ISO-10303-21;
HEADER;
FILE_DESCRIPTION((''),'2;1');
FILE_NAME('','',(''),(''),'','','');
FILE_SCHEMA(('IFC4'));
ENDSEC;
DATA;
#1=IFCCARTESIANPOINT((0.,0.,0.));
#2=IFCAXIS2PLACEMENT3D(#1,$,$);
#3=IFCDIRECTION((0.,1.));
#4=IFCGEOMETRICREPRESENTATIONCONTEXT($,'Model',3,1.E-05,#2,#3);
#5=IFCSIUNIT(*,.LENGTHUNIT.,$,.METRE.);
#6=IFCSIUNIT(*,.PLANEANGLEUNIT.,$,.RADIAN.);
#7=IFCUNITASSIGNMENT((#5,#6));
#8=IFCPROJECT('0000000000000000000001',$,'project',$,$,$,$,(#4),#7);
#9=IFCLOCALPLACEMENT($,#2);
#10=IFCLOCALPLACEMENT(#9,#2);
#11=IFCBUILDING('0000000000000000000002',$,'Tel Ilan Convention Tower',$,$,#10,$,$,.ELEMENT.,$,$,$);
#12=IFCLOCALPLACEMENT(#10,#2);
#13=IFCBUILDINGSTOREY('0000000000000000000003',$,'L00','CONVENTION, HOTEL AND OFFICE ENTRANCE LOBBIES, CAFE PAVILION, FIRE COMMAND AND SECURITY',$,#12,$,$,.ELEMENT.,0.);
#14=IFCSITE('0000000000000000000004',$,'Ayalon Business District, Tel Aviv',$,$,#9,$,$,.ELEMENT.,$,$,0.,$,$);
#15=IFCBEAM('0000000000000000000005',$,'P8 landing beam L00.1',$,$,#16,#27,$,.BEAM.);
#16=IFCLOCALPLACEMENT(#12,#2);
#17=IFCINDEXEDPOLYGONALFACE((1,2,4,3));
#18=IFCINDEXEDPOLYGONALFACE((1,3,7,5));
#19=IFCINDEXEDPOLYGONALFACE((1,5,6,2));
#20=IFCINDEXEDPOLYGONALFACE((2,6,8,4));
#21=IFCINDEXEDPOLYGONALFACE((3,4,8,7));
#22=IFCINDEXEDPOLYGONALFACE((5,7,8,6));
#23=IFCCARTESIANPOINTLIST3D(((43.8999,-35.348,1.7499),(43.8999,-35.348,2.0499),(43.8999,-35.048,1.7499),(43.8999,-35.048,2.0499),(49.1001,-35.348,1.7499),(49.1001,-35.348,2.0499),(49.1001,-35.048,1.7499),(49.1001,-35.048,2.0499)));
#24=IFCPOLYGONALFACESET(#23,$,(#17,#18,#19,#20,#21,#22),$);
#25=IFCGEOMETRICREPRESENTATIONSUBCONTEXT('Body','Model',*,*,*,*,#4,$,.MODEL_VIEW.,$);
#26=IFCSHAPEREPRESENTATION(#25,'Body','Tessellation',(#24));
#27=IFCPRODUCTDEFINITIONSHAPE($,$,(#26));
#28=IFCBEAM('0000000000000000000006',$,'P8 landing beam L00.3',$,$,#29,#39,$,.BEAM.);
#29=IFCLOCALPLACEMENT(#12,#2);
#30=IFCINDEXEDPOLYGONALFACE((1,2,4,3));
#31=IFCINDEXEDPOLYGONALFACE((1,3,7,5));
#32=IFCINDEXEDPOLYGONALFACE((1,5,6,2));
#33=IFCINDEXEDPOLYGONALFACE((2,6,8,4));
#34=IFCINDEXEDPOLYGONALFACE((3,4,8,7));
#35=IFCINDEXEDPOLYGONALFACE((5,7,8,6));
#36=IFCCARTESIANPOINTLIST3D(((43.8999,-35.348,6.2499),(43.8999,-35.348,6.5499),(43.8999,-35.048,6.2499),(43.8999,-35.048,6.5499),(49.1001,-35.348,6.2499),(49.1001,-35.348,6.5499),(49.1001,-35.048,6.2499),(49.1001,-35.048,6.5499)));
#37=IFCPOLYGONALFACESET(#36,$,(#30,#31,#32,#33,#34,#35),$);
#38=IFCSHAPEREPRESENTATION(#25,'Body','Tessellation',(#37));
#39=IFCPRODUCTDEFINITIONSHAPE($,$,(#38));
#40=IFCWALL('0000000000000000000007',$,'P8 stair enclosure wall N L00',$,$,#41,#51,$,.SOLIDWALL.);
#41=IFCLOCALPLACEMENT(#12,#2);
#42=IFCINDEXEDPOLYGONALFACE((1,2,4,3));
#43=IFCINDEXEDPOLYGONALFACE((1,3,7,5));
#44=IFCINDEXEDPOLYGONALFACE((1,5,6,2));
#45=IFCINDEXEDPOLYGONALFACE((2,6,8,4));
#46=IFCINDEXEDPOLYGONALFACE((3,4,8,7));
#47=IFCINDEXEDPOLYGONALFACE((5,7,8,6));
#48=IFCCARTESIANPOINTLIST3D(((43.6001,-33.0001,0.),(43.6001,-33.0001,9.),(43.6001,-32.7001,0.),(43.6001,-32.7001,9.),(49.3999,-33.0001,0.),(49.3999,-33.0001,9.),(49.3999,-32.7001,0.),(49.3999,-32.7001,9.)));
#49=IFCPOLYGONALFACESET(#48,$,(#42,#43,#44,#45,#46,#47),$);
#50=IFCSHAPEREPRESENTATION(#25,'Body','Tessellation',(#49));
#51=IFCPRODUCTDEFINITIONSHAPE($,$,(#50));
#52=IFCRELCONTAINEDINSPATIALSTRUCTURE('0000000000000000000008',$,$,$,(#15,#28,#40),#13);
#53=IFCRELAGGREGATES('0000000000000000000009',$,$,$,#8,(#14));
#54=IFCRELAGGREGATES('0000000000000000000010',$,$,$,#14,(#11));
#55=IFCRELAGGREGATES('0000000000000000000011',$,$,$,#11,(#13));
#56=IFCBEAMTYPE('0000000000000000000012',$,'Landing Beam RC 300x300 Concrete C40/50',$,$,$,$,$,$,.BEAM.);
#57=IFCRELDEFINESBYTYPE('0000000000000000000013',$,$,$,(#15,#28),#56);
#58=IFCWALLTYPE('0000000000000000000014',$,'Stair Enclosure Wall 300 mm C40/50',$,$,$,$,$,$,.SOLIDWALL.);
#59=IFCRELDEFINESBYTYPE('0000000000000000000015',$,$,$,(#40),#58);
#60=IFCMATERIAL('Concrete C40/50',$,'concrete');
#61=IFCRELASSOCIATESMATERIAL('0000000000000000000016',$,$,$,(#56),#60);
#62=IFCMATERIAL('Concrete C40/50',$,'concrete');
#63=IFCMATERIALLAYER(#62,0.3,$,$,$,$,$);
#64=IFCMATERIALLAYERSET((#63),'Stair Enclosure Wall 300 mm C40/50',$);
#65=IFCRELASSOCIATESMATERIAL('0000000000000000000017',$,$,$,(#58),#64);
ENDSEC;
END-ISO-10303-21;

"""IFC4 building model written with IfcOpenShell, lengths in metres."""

from ifc_helpers import new_model, si_unit, direction, frame, frame_2d, origin, origin_2d, place, context, subcontext, project, spatial, rectangle, extrude, material, layer, layer_set, material_profile, profile_set, type_object, element, save


model = new_model("IFC4")

# Units and contexts
model_context = context("Model", 3, precision=1e-05, world=origin(), true_north=direction((0.0, 1.0)))
body_context = subcontext(model_context, "Body", "Model", "MODEL_VIEW")
ifc_project = project(units=[si_unit("LENGTHUNIT", "METRE"), si_unit("PLANEANGLEUNIT", "RADIAN")], contexts=[model_context])

# Site, building, storey
site_placement = place(None, origin())
site = spatial("IfcSite", under=ifc_project, at=site_placement, Name="Ayalon Business District, Tel Aviv", CompositionType="ELEMENT", RefElevation=0.0)
building_placement = place(site_placement, origin())
building = spatial("IfcBuilding", under=site, at=building_placement, Name="Tel Ilan Convention Tower", CompositionType="ELEMENT")
storey_placement = place(building_placement, origin())
storey = spatial("IfcBuildingStorey", under=building, at=storey_placement, Name="L00", Description="CONVENTION, HOTEL AND OFFICE ENTRANCE LOBBIES, CAFE PAVILION, FIRE COMMAND AND SECURITY", CompositionType="ELEMENT", Elevation=0.0)

# Beams
ifc_material_1 = material(Name="Concrete C40/50", Category="concrete")
ifc_material_profile_1 = material_profile(ifc_material_1, rectangle(XDim=0.3, YDim=0.3, at=origin_2d()), Name="RC 300x300")
ifc_profile_set_1 = profile_set([ifc_material_profile_1], Name="Concrete C40/50")
beam_type_1 = type_object("IfcBeamType", Name="Landing Beam RC 300x300 Concrete C40/50", PredefinedType="BEAM", material=ifc_profile_set_1)
for number, where, z_axis, x_axis, name in (
    (1, (49.1001, -35.198, 1.8999), (-1.0, 0.0, 0.0), (0.0, -1.0, 0.0), "P8 landing beam L00.1"),
    (2, (49.1001, -35.198, 6.3999), (-1.0, 0.0, 0.0), (0.0, -1.0, 0.0), "P8 landing beam L00.3"),
):
    element("IfcBeam", number, at=place(storey_placement, frame(where, z_axis=z_axis, x_axis=x_axis)), inside=storey, type_object=beam_type_1, Name=name, PredefinedType="BEAM", context=body_context, shape_type="SweptSolid", body=[
        extrude(rectangle(XDim=0.3, YDim=0.3, at=origin_2d()), origin(), (0.0, 0.0, 1.0), 5.2002),
    ])

# Wall
ifc_material_2 = material(Name="Concrete C40/50", Category="concrete")
ifc_layer = layer(ifc_material_2, 0.3)
ifc_layer_set = layer_set([ifc_layer], Name="Stair Enclosure Wall 300 mm C40/50")
wall_type = type_object("IfcWallType", Name="Stair Enclosure Wall 300 mm C40/50", PredefinedType="SOLIDWALL", material=ifc_layer_set)
wall_placement = place(storey_placement, frame((43.6001, -32.8501, 0.0), z_axis=(0.0, 0.0, 1.0), x_axis=(1.0, 0.0, 0.0)))
element("IfcWall", 3, at=wall_placement, inside=storey, type_object=wall_type, Name="P8 stair enclosure wall N L00", PredefinedType="SOLIDWALL", context=body_context, shape_type="SweptSolid", body=[
    extrude(rectangle(XDim=5.7998, YDim=0.3, at=frame_2d((2.8999, 0.0))), origin(), (0.0, 0.0, 1.0), 9.0),
])

save(model, "model.ifc")
